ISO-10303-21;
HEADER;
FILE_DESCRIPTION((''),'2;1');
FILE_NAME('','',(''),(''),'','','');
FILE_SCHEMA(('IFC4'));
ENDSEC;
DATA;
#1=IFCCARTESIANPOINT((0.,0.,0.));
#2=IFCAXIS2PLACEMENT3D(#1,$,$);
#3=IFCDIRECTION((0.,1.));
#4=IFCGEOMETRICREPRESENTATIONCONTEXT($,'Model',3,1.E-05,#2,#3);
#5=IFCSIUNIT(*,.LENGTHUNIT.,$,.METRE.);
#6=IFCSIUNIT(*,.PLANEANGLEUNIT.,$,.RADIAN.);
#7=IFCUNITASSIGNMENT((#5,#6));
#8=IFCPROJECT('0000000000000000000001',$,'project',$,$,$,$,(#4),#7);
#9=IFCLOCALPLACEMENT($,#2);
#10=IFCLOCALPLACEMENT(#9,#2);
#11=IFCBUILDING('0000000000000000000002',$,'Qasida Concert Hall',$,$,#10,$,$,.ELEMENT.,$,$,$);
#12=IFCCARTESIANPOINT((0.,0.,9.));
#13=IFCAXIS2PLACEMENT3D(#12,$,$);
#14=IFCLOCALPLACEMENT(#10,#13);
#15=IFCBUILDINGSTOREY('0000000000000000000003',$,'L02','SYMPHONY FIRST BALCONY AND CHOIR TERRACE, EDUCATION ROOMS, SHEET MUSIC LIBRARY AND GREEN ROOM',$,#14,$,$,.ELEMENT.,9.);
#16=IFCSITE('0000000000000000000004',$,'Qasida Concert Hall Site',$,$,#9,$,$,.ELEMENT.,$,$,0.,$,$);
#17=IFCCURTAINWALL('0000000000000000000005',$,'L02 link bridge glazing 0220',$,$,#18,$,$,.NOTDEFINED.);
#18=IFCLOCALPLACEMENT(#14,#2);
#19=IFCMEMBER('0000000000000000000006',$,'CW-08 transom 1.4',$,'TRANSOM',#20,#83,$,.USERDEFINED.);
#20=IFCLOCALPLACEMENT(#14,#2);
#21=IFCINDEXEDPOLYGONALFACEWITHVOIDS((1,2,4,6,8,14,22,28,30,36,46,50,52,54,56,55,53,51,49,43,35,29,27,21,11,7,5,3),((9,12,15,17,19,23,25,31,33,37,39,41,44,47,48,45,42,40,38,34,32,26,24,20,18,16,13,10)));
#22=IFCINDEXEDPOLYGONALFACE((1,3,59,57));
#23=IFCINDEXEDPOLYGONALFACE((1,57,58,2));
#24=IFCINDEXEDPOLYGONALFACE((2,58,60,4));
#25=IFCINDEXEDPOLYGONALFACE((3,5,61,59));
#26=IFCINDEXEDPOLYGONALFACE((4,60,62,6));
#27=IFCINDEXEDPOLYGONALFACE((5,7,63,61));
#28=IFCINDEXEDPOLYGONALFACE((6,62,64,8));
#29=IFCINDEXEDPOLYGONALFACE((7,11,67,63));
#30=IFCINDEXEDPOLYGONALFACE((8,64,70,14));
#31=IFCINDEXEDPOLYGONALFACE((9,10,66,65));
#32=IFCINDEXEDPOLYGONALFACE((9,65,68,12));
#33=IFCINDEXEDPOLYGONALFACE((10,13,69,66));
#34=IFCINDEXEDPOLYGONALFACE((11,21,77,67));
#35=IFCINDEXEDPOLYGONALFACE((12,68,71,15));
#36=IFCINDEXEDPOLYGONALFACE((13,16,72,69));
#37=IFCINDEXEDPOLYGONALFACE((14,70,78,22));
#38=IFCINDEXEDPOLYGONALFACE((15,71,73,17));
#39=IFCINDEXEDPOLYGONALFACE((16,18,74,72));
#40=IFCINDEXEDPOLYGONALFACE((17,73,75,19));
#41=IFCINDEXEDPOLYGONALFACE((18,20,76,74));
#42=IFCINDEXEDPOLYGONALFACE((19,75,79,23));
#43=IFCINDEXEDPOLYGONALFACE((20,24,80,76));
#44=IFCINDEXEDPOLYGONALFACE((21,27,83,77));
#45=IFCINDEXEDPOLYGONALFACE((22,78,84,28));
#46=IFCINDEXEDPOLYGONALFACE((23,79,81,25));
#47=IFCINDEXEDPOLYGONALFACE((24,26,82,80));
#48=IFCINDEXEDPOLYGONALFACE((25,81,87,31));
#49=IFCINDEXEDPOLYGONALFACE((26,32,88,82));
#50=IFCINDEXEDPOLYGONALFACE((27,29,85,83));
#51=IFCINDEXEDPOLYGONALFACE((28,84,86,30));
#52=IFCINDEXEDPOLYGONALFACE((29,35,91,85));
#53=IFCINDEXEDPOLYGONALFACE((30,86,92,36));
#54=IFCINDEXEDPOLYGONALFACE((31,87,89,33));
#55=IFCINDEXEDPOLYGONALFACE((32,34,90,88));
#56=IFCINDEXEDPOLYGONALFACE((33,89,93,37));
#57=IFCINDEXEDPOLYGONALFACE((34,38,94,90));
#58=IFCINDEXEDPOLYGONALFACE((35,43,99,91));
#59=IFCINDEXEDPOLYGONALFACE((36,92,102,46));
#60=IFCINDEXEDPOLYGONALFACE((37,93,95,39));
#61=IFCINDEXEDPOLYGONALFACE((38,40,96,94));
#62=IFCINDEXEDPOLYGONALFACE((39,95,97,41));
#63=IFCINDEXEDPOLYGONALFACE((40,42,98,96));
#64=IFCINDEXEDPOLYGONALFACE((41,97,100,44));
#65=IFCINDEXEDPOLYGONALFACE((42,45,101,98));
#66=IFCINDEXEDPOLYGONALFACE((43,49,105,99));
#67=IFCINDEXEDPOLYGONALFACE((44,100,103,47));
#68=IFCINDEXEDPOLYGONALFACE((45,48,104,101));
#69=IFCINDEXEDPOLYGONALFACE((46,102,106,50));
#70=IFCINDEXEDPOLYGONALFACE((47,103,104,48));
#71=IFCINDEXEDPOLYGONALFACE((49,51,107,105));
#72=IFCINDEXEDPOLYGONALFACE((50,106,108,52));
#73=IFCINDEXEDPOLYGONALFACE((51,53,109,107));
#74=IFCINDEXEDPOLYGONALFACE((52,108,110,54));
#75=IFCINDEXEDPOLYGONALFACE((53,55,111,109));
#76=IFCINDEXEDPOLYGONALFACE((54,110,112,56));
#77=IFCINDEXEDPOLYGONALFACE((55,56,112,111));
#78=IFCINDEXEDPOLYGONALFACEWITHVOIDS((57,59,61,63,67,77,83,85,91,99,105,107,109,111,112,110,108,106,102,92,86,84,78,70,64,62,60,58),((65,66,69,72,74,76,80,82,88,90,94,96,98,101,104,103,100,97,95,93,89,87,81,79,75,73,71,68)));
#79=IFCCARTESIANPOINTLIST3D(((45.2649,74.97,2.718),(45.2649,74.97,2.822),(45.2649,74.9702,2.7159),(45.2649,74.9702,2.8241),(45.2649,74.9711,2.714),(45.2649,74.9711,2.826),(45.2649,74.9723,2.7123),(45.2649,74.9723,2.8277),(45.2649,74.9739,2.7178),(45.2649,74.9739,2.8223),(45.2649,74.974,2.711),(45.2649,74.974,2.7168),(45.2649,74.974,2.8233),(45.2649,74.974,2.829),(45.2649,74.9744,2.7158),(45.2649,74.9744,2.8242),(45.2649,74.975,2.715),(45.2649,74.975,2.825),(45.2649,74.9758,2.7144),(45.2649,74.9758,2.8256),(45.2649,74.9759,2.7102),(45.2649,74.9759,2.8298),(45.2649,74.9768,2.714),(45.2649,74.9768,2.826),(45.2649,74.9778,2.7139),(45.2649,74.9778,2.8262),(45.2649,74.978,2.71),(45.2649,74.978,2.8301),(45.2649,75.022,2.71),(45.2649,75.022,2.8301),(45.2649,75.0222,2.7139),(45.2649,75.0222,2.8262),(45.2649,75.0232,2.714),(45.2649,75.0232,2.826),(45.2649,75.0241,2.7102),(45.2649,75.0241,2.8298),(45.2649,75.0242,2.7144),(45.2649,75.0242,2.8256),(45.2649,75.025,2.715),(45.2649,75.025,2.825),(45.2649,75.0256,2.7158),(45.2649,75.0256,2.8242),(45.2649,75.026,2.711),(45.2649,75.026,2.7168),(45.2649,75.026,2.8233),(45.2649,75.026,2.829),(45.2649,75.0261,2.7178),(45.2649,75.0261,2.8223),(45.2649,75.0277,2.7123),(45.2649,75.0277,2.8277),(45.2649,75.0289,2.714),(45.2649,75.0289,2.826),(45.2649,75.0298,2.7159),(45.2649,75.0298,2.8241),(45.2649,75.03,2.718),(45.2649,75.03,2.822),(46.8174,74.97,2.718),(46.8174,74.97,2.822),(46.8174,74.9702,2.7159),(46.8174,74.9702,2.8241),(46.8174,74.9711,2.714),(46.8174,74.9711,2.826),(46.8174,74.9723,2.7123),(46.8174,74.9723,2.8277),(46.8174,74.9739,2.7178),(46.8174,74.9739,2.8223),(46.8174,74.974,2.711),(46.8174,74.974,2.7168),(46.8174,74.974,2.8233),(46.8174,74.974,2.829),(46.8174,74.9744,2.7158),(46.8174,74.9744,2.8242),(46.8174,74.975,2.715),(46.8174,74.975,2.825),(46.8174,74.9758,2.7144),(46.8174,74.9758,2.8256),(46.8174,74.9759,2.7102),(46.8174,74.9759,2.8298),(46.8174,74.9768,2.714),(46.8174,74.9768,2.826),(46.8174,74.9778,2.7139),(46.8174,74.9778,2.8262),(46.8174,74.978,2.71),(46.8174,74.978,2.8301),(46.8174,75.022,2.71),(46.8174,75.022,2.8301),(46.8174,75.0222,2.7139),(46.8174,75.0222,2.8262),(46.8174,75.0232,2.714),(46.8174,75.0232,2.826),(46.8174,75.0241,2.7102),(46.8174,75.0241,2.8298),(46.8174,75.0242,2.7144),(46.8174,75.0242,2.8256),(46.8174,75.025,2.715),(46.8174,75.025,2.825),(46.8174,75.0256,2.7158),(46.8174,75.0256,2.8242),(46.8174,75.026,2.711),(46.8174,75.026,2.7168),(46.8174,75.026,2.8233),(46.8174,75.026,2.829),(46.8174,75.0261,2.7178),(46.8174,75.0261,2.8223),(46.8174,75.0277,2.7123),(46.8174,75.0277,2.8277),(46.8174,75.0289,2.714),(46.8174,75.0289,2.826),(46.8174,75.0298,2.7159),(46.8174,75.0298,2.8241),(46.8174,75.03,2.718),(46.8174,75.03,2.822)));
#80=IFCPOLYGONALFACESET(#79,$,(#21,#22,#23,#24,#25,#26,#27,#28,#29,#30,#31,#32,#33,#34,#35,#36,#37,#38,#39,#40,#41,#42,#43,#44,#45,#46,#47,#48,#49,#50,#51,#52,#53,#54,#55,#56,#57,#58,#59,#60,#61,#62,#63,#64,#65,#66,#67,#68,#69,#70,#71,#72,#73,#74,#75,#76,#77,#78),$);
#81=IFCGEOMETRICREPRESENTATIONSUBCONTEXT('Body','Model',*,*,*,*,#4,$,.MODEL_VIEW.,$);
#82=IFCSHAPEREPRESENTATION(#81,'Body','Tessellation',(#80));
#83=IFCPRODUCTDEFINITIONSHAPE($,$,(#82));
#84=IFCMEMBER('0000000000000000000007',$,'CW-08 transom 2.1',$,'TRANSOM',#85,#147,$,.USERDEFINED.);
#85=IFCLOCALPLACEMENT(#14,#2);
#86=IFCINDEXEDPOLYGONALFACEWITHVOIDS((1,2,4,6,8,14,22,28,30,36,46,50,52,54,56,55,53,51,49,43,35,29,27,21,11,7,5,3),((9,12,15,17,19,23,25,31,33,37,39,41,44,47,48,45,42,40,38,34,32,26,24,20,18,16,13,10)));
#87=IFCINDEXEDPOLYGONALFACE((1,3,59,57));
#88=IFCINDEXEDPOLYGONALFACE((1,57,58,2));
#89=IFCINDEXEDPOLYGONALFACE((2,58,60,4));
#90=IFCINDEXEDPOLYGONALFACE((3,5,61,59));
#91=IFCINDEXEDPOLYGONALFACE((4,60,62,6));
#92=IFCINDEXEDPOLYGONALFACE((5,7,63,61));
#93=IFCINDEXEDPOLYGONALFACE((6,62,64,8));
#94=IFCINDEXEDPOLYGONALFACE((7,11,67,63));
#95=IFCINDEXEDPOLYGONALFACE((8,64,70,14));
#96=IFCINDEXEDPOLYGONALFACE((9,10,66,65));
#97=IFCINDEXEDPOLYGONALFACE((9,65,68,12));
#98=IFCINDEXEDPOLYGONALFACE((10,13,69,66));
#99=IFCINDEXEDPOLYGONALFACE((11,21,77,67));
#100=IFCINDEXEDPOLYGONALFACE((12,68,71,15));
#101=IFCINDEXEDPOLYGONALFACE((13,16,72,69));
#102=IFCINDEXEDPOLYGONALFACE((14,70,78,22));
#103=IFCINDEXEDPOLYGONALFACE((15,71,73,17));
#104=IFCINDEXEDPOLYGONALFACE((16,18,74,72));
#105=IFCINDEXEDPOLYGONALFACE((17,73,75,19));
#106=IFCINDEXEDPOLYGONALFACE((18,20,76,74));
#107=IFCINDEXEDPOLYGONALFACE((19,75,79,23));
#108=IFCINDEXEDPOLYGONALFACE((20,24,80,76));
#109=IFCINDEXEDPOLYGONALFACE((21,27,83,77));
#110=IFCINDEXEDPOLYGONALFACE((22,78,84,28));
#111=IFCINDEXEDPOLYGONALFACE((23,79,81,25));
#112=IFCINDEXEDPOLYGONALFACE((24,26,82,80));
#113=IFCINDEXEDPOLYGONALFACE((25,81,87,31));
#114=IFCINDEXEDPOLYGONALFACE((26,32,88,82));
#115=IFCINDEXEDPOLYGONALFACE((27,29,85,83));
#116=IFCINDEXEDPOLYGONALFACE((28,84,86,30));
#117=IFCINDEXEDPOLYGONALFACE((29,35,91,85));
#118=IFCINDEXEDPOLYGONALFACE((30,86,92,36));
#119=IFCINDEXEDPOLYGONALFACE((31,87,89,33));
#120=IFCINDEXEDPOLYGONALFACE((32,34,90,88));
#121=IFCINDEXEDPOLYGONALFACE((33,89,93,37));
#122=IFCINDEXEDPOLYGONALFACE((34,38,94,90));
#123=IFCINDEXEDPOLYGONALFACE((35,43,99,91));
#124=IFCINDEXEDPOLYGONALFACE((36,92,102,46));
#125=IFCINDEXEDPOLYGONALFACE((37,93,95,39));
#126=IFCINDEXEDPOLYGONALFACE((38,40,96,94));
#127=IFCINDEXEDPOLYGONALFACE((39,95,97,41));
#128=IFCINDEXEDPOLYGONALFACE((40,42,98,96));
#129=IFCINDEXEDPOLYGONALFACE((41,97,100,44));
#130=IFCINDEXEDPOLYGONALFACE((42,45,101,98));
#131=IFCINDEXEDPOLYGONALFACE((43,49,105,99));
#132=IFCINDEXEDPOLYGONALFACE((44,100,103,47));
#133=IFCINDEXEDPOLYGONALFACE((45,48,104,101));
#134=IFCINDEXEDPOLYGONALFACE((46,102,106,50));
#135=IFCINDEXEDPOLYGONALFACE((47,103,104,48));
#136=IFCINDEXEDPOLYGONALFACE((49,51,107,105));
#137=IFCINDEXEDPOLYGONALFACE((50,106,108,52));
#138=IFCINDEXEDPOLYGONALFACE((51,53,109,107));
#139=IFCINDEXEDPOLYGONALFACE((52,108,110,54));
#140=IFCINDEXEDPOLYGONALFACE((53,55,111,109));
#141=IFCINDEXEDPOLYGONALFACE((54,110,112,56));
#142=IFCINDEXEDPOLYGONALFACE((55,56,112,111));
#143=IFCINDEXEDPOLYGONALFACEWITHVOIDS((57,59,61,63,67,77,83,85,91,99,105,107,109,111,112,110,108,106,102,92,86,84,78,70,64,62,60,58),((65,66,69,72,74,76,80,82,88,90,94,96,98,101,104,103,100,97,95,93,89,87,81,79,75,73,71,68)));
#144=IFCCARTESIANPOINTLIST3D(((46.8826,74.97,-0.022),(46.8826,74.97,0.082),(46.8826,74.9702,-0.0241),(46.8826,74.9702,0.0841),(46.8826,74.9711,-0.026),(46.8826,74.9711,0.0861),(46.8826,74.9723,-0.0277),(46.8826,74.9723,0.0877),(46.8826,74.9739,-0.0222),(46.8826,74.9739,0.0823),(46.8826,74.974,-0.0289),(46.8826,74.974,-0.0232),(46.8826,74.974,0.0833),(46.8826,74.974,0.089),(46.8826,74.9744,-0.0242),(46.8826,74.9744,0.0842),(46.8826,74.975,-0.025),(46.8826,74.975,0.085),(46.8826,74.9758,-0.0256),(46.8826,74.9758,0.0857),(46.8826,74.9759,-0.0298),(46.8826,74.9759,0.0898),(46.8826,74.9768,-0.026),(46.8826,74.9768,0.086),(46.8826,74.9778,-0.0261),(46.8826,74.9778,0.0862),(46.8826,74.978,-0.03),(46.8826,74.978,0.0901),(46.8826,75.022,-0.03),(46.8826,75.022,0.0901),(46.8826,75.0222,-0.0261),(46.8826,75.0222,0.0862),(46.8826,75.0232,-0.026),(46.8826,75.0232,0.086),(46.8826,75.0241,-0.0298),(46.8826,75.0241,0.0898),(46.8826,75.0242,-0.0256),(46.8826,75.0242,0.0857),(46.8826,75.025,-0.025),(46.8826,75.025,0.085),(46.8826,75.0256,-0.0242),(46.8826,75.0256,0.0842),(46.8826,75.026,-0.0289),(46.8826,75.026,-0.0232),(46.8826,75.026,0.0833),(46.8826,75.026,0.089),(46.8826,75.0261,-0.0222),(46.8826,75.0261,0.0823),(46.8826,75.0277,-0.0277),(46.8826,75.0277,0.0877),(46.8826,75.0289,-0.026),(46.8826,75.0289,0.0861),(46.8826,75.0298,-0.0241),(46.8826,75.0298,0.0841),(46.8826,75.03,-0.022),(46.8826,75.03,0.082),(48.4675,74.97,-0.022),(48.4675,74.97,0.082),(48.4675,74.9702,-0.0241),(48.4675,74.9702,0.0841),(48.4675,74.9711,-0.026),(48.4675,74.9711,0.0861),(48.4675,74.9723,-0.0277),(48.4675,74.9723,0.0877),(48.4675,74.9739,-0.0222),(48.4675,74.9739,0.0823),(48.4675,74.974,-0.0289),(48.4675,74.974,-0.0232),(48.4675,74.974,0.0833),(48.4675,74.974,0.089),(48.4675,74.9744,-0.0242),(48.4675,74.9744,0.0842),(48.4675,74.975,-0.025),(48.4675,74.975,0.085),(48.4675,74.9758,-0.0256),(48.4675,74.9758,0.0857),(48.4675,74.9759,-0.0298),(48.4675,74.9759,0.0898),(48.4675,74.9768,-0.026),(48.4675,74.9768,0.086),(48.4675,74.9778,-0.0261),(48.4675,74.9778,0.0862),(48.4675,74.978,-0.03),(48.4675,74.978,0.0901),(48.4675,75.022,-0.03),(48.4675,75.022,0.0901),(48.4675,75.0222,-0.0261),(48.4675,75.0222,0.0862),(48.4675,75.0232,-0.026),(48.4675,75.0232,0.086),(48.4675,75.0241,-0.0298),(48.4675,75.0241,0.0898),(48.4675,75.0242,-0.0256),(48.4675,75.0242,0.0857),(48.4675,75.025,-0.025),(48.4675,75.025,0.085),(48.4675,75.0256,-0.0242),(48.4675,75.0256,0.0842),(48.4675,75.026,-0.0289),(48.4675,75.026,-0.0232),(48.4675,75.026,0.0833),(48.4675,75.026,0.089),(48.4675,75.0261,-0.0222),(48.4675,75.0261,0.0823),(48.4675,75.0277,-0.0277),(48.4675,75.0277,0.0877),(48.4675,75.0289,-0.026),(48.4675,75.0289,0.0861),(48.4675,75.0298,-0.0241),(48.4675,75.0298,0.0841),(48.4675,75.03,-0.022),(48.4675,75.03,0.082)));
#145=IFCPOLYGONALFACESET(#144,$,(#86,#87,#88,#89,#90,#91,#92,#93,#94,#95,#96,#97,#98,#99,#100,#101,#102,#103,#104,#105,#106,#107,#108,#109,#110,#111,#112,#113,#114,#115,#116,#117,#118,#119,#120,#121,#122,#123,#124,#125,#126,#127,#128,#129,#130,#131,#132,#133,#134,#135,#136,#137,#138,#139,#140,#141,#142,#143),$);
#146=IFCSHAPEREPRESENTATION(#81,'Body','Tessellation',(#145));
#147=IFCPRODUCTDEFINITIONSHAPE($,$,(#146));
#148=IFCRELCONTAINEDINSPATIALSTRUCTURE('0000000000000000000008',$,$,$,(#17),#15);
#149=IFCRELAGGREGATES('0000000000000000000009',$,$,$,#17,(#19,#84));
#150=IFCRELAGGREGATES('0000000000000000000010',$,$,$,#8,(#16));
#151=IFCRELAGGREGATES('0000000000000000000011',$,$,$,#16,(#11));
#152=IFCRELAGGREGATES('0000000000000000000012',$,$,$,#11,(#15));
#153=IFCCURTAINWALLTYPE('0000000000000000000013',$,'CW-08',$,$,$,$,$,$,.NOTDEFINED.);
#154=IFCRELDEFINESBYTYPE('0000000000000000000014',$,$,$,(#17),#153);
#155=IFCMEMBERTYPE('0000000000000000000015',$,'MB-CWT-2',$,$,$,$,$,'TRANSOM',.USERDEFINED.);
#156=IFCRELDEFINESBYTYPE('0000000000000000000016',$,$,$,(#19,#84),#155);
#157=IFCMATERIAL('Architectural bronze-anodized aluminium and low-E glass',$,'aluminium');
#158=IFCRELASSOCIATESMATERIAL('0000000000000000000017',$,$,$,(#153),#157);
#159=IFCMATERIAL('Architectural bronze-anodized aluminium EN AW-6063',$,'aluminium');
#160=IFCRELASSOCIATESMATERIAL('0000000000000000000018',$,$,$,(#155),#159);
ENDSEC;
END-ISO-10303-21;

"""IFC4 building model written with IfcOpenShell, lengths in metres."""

from ifc_helpers import new_model, si_unit, direction, frame, origin, origin_2d, place, context, subcontext, project, spatial, hollow_rectangle, extrude, material, material_profile, profile_set, type_object, element, aggregate, save


model = new_model("IFC4")

# Units and contexts
model_context = context("Model", 3, precision=1e-05, world=origin(), true_north=direction((0.0, 1.0)))
body_context = subcontext(model_context, "Body", "Model", "MODEL_VIEW")
ifc_project = project(units=[si_unit("LENGTHUNIT", "METRE"), si_unit("PLANEANGLEUNIT", "RADIAN")], contexts=[model_context])

# Site, building, storey
site_placement = place(None, origin())
site = spatial("IfcSite", under=ifc_project, at=site_placement, Name="Qasida Concert Hall Site", CompositionType="ELEMENT", RefElevation=0.0)
building_placement = place(site_placement, origin())
building = spatial("IfcBuilding", under=site, at=building_placement, Name="Qasida Concert Hall", CompositionType="ELEMENT")
storey_placement = place(building_placement, frame((0.0, 0.0, 9.0)))
storey = spatial("IfcBuildingStorey", under=building, at=storey_placement, Name="L02", Description="SYMPHONY FIRST BALCONY AND CHOIR TERRACE, EDUCATION ROOMS, SHEET MUSIC LIBRARY AND GREEN ROOM", CompositionType="ELEMENT", Elevation=9.0)

# Shared definitions
ifc_material_1 = material(Name="Architectural bronze-anodized aluminium and low-E glass", Category="aluminium")
curtain_wall_type = type_object("IfcCurtainWallType", Name="CW-08", PredefinedType="NOTDEFINED", material=ifc_material_1)
ifc_material_2 = material(Name="Architectural bronze-anodized aluminium EN AW-6063", Category="aluminium")

# Curtain wall
curtain_wall_1_placement = place(storey_placement, origin())
curtain_wall_1 = element("IfcCurtainWall", 1, at=curtain_wall_1_placement, inside=storey, type_object=curtain_wall_type, Name="L02 link bridge glazing 0220", PredefinedType="NOTDEFINED")

# Members
ifc_material_profile_1 = material_profile(ifc_material_2, hollow_rectangle(XDim=0.0601, YDim=0.1201, WallThickness=0.0039, InnerFilletRadius=0.0039, OuterFilletRadius=0.0081, at=origin_2d()), Name="CWT 120x60x4")
ifc_profile_set_1 = profile_set([ifc_material_profile_1], Name="Architectural bronze-anodized aluminium EN AW-6063")
member_type_1 = type_object("IfcMemberType", Name="MB-CWT-2", ElementType="TRANSOM", PredefinedType="USERDEFINED", material=ifc_profile_set_1)
member_1_placement = place(storey_placement, frame((45.2649, 75.0, 2.77), z_axis=(1.0, 0.0, 0.0), x_axis=(0.0, 1.0, 0.0)))
member_1 = element("IfcMember", 2, at=member_1_placement, type_object=member_type_1, Name="CW-08 transom 1.4", ObjectType="TRANSOM", PredefinedType="USERDEFINED", context=body_context, shape_type="SweptSolid", body=[
    extrude(hollow_rectangle(XDim=0.0601, YDim=0.1201, WallThickness=0.0039, InnerFilletRadius=0.0039, OuterFilletRadius=0.0081, at=origin_2d()), origin(), (0.0, 0.0, 1.0), 1.5525),
])
member_2_placement = place(storey_placement, frame((46.8826, 75.0, 0.03), z_axis=(1.0, 0.0, 0.0), x_axis=(0.0, 1.0, 0.0)))
member_2 = element("IfcMember", 3, at=member_2_placement, type_object=member_type_1, Name="CW-08 transom 2.1", ObjectType="TRANSOM", PredefinedType="USERDEFINED", context=body_context, shape_type="SweptSolid", body=[
    extrude(hollow_rectangle(XDim=0.0601, YDim=0.1201, WallThickness=0.0039, InnerFilletRadius=0.0039, OuterFilletRadius=0.0081, at=origin_2d()), origin(), (0.0, 0.0, 1.0), 1.585),
])

aggregate(curtain_wall_1, [member_1, member_2])

save(model, "model.ifc")
